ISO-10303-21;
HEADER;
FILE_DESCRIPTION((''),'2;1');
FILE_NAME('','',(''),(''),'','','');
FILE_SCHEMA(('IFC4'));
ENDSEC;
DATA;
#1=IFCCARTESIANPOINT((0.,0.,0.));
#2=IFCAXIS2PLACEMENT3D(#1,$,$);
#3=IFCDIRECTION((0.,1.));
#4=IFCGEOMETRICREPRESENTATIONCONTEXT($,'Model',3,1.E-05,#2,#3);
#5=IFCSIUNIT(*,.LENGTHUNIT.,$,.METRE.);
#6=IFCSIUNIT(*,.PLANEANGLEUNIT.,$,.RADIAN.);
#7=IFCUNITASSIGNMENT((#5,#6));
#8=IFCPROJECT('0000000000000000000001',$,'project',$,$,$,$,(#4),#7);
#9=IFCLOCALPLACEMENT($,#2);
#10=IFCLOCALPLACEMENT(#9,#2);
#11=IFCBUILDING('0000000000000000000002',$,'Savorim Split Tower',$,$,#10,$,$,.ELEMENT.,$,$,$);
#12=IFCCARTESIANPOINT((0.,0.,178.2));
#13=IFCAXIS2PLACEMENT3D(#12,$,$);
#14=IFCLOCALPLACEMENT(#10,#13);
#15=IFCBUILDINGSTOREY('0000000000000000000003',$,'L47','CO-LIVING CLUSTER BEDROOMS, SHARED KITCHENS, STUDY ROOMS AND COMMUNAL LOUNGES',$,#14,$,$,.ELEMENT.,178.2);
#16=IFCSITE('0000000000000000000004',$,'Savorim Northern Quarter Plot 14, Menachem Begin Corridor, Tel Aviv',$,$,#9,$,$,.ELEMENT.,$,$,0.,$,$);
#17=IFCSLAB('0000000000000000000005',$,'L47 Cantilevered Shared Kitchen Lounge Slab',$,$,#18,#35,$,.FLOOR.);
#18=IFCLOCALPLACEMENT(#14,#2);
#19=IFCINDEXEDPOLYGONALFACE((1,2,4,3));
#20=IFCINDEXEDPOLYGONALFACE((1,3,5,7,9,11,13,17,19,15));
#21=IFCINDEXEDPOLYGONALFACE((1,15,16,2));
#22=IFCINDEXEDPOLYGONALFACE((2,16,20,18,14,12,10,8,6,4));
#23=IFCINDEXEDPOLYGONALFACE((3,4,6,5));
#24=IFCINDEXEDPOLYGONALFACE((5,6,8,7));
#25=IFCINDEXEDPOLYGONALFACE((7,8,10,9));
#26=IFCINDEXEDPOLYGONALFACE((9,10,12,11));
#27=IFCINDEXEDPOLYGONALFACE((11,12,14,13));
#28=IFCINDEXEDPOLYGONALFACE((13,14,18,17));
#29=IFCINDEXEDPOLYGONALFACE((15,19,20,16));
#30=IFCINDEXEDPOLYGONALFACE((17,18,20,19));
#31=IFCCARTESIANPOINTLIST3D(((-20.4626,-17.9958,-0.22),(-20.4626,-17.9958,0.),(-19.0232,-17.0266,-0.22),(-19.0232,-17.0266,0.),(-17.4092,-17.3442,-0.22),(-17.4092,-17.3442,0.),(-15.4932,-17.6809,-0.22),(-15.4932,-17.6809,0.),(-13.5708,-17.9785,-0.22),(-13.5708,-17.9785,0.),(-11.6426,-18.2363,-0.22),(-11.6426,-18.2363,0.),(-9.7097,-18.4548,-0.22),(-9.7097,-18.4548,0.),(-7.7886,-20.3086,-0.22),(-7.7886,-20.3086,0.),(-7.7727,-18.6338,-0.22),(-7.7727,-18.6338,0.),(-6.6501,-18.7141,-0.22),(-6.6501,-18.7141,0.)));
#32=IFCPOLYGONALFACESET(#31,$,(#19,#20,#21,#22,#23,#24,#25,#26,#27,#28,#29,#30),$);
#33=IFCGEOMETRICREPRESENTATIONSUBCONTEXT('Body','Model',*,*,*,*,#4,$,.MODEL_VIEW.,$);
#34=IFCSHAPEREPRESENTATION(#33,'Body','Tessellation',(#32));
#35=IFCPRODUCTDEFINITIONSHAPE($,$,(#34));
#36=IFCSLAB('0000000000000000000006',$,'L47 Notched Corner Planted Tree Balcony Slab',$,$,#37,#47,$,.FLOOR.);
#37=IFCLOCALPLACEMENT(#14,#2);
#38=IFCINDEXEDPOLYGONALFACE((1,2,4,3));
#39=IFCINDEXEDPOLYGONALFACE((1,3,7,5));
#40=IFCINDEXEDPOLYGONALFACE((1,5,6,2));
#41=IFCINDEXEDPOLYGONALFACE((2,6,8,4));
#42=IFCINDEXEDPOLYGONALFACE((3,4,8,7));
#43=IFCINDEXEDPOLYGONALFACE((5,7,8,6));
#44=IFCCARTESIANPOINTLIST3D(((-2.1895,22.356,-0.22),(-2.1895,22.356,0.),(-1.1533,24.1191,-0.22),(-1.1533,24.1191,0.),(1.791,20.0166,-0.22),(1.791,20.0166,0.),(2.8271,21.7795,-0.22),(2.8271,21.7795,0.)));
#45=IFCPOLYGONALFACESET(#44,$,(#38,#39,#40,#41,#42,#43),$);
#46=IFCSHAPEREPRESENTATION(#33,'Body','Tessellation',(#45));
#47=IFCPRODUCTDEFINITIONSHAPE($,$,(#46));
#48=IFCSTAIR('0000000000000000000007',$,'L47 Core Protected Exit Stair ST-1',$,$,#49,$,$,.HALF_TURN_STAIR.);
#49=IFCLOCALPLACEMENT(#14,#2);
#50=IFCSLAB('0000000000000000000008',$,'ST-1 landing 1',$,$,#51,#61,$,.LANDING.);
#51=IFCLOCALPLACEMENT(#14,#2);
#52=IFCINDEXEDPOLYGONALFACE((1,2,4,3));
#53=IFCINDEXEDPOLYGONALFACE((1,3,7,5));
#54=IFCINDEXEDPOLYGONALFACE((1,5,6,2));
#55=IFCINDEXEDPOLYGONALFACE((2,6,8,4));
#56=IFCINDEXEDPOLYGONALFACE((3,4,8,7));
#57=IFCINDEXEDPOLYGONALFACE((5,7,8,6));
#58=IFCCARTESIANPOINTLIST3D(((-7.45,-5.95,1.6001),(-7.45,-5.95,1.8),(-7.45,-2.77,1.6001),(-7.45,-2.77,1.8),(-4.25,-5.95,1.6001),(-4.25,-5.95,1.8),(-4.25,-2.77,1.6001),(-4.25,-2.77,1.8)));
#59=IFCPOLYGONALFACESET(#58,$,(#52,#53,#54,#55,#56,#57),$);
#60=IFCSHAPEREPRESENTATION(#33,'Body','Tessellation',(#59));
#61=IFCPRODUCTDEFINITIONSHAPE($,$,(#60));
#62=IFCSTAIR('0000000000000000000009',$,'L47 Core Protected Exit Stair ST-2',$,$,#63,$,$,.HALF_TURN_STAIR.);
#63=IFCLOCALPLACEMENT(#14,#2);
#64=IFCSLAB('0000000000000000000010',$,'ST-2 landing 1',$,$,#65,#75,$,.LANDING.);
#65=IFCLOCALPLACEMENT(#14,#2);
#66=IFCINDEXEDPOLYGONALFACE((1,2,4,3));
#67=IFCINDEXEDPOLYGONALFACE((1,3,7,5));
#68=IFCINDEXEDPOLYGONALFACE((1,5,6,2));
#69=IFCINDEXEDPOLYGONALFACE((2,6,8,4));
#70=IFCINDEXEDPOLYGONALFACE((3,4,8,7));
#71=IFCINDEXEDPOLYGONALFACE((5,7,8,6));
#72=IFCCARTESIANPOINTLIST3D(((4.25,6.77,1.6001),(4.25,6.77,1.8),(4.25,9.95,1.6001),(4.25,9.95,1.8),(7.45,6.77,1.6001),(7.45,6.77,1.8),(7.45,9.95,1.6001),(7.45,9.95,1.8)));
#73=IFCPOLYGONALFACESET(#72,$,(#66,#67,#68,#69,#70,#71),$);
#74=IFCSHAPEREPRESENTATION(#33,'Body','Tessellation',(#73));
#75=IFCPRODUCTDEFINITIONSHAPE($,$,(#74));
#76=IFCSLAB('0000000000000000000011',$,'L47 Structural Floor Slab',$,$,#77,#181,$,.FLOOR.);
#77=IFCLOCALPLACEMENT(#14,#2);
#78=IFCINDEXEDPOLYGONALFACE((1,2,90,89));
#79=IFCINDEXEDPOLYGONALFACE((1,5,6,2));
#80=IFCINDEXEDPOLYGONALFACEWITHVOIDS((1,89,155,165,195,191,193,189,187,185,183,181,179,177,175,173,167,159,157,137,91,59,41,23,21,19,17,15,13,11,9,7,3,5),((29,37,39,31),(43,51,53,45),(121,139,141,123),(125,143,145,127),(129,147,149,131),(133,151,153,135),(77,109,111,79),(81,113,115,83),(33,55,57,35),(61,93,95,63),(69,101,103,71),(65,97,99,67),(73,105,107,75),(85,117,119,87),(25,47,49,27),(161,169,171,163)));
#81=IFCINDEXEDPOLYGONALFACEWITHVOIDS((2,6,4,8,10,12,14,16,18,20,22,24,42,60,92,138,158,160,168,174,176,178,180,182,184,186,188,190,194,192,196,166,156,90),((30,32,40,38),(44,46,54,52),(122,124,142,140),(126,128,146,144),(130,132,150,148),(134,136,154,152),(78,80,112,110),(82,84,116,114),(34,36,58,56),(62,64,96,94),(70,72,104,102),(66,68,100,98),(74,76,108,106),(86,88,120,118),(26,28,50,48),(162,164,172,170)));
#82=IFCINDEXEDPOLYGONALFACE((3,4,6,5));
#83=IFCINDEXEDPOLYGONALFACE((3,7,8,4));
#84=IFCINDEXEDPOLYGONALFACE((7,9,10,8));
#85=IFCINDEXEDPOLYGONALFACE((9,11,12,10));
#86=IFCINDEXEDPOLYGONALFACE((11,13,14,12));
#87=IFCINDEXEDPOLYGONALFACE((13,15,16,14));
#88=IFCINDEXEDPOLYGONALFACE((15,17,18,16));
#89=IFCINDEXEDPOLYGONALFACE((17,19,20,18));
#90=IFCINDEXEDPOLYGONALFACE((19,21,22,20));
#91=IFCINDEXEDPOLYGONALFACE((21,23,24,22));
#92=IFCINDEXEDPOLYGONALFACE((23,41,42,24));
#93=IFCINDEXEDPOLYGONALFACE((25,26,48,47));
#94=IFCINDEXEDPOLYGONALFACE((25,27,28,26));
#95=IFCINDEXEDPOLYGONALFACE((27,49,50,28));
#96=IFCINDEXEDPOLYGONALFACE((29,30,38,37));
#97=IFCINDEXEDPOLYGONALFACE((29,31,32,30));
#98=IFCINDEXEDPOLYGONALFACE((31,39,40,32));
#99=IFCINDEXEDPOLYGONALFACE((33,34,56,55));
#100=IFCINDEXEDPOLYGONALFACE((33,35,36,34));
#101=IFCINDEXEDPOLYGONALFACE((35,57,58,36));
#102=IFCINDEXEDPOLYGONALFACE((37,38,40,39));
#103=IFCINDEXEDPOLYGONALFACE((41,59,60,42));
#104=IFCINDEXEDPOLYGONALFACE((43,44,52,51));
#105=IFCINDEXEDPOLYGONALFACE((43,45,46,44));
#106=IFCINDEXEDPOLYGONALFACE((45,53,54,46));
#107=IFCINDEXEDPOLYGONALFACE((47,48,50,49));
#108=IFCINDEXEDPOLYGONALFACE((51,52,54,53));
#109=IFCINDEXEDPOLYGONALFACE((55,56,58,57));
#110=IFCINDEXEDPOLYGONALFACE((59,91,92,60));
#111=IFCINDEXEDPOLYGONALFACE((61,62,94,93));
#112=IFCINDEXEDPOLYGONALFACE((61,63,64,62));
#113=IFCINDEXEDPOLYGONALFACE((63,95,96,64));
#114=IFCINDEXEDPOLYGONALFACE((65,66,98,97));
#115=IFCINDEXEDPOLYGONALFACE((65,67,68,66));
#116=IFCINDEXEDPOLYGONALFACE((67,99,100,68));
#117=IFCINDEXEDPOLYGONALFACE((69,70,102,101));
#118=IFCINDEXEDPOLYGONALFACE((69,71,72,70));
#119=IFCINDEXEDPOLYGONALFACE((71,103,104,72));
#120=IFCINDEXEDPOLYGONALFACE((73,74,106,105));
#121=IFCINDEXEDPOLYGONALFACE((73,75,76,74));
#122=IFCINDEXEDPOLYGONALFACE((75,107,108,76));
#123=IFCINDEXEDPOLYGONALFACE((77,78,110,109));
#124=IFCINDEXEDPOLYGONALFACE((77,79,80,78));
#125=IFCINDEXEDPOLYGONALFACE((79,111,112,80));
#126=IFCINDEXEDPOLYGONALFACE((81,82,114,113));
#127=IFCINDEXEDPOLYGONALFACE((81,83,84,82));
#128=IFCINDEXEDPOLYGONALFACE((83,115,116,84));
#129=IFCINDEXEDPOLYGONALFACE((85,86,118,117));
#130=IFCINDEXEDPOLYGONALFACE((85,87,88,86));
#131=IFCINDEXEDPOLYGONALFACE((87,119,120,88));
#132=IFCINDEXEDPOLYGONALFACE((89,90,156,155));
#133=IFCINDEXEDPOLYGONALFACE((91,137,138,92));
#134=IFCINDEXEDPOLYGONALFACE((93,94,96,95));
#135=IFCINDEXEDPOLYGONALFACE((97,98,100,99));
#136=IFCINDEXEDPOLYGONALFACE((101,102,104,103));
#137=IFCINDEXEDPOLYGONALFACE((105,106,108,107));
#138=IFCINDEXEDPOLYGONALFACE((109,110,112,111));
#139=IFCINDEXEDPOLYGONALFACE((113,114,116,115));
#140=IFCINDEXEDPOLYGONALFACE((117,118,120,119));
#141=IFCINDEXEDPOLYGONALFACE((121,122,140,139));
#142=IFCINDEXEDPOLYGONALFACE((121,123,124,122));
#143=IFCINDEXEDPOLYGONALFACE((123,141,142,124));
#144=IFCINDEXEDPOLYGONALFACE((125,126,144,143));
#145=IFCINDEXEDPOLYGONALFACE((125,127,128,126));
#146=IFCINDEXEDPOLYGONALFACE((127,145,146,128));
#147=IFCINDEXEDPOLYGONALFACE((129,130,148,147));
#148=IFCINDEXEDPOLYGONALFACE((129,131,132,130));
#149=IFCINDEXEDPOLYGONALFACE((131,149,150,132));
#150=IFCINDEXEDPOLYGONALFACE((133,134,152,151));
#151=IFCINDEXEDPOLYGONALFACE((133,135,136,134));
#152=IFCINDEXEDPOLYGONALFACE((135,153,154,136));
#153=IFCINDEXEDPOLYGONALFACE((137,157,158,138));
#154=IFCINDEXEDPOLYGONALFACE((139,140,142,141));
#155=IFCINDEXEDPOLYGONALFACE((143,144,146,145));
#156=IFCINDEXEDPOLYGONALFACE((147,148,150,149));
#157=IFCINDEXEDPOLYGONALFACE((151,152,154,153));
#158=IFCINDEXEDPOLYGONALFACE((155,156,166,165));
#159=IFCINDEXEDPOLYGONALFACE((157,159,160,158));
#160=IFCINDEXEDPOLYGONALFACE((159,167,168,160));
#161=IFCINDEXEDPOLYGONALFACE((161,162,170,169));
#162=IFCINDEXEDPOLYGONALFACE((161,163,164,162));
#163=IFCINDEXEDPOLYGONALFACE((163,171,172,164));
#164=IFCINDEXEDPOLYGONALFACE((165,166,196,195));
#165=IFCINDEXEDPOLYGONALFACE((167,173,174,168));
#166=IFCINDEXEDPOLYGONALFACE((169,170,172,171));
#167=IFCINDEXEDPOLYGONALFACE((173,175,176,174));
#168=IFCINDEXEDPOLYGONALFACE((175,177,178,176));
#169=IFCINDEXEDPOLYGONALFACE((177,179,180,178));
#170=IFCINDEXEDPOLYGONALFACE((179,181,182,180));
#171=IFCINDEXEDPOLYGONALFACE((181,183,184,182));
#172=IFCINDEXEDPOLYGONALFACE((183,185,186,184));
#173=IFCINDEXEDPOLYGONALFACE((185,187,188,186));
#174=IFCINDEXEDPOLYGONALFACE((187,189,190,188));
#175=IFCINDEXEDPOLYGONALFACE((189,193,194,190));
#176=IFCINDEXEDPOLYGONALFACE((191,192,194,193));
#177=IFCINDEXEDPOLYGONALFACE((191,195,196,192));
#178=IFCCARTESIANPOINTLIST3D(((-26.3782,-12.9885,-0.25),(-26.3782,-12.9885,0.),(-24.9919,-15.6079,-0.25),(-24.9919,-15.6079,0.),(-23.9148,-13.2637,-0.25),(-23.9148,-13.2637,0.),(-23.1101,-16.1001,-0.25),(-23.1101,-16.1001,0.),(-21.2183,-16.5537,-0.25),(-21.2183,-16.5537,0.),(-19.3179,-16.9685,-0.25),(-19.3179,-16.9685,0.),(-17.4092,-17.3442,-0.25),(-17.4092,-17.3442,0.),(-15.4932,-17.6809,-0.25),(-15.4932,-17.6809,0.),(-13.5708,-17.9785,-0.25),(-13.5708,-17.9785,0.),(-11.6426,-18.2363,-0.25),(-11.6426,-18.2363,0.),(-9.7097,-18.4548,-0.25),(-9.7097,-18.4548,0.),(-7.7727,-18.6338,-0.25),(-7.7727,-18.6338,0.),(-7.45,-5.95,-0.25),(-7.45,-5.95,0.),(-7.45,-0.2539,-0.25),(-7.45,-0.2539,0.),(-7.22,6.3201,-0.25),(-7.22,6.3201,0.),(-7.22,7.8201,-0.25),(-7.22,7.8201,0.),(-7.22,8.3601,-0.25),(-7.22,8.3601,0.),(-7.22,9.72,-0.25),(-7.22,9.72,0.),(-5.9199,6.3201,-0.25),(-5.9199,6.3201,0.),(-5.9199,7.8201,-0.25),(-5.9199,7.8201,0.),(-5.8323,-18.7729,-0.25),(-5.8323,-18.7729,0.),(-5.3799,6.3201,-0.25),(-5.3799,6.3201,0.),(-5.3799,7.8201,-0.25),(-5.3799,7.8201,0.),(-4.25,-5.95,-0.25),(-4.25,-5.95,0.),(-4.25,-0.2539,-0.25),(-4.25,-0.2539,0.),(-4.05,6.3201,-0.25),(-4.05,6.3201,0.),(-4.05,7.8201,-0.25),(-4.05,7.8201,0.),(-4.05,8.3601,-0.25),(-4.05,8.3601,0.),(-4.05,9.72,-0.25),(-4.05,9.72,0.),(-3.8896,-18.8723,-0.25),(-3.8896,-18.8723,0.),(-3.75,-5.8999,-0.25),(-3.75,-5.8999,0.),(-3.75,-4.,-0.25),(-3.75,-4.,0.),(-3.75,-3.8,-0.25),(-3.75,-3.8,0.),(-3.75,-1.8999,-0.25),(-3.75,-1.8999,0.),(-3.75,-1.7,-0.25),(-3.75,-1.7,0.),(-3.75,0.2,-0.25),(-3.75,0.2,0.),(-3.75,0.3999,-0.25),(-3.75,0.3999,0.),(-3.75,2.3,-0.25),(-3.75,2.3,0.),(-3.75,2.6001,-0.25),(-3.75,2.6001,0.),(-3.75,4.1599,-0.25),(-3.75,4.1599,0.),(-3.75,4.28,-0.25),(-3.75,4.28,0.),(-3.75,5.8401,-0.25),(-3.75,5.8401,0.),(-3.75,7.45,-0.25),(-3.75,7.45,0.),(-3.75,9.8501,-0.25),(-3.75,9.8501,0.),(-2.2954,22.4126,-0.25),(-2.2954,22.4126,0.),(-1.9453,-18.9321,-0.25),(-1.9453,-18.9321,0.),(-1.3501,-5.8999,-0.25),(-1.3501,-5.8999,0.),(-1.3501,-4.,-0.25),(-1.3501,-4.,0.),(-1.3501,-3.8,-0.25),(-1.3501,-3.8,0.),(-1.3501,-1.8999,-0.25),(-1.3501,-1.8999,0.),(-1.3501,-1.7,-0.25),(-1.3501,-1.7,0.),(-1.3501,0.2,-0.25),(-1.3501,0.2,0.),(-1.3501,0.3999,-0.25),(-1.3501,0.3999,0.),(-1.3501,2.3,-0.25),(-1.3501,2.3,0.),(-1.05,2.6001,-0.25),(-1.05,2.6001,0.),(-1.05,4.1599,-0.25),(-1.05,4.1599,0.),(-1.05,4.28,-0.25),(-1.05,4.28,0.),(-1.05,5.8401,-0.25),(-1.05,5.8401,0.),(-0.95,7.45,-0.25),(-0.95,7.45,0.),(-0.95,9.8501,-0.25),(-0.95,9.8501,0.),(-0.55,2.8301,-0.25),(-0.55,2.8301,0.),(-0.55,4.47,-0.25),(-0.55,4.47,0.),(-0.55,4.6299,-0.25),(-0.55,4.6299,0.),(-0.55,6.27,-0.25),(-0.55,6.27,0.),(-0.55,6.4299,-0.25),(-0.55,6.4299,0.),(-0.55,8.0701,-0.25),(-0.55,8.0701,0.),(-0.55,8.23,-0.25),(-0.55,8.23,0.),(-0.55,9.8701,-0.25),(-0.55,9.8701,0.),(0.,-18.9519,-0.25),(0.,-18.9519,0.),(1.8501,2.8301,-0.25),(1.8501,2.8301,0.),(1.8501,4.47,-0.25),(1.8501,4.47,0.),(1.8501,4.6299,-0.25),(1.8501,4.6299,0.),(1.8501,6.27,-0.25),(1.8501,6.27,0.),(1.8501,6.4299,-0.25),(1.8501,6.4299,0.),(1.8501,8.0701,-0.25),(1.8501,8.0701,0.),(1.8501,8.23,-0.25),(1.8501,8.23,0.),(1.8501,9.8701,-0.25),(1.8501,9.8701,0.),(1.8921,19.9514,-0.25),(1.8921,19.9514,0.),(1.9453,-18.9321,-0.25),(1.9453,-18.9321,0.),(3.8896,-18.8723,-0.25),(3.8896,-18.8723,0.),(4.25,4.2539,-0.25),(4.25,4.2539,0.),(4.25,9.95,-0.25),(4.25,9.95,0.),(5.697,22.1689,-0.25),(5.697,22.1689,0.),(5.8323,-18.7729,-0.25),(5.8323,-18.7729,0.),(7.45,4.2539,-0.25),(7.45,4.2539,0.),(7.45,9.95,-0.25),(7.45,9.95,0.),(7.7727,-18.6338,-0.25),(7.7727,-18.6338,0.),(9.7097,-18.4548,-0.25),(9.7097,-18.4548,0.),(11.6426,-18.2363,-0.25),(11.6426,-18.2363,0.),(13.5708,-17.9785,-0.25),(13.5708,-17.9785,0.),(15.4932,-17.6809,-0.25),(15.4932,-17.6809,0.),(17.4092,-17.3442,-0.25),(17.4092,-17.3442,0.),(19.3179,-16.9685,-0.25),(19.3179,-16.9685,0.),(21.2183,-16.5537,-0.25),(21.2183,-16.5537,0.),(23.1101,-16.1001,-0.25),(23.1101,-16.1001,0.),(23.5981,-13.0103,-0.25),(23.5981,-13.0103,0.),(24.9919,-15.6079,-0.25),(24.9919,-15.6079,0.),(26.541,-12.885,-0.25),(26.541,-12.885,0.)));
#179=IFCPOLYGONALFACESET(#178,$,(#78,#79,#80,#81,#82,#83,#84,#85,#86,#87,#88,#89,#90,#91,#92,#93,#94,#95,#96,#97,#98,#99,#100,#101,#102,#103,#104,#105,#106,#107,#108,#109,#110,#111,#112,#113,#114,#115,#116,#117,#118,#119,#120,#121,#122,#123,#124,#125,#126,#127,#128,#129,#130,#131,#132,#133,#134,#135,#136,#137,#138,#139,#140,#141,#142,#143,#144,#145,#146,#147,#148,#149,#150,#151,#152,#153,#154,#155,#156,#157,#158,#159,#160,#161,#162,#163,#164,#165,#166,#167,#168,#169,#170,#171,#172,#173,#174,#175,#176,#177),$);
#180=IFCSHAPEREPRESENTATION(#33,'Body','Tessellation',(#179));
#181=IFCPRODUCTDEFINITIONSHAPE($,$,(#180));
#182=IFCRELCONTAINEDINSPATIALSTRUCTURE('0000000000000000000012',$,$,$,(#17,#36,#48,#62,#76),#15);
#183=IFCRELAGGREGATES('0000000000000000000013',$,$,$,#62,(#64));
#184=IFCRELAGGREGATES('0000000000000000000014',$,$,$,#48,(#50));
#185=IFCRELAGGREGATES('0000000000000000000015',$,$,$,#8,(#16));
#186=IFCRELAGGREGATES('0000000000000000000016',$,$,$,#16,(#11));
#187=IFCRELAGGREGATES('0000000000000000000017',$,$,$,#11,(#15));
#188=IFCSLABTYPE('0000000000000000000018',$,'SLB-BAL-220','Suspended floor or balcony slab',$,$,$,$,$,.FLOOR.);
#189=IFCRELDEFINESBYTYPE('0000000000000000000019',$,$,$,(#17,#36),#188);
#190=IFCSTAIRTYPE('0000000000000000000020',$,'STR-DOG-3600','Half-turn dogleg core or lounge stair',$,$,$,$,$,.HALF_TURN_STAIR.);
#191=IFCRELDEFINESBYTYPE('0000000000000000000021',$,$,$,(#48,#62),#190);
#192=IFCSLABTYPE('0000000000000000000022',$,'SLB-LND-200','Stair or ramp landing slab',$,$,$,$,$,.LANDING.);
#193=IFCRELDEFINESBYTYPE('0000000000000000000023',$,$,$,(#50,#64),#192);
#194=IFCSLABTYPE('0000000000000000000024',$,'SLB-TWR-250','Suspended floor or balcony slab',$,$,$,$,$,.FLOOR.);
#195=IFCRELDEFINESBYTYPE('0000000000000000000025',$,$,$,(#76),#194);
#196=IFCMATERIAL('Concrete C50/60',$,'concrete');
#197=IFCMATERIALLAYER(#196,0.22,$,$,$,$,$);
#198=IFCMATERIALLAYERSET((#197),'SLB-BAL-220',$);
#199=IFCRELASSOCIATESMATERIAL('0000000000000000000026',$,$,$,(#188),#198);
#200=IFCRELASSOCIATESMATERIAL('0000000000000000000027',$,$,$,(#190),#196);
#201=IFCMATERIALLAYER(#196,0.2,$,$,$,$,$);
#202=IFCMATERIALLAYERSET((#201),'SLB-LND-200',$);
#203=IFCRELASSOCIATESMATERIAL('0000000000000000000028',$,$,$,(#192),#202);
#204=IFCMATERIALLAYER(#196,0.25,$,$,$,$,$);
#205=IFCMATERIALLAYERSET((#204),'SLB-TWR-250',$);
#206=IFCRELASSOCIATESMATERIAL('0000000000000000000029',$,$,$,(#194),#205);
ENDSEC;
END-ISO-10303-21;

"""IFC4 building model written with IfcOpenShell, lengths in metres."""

from ifc_helpers import new_model, si_unit, direction, frame, origin, place, context, subcontext, project, spatial, polyline, outline, extrude, material, layer, layer_set, type_object, element, aggregate, save


model = new_model("IFC4")

# Units and contexts
model_context = context("Model", 3, precision=1e-05, world=origin(), true_north=direction((0.0, 1.0)))
body_context = subcontext(model_context, "Body", "Model", "MODEL_VIEW")
ifc_project = project(units=[si_unit("LENGTHUNIT", "METRE"), si_unit("PLANEANGLEUNIT", "RADIAN")], contexts=[model_context])

# Site, building, storey
site_placement = place(None, origin())
site = spatial("IfcSite", under=ifc_project, at=site_placement, Name="Savorim Northern Quarter Plot 14, Menachem Begin Corridor, Tel Aviv", CompositionType="ELEMENT", RefElevation=0.0)
building_placement = place(site_placement, origin())
building = spatial("IfcBuilding", under=site, at=building_placement, Name="Savorim Split Tower", CompositionType="ELEMENT")
storey_placement = place(building_placement, frame((0.0, 0.0, 178.2)))
storey = spatial("IfcBuildingStorey", under=building, at=storey_placement, Name="L47", Description="CO-LIVING CLUSTER BEDROOMS, SHARED KITCHENS, STUDY ROOMS AND COMMUNAL LOUNGES", CompositionType="ELEMENT", Elevation=178.2)

# Slabs
ifc_material_1 = material(Name="Concrete C50/60", Category="concrete")
ifc_layer_1 = layer(ifc_material_1, 0.22)
ifc_layer_set_1 = layer_set([ifc_layer_1], Name="SLB-BAL-220")
slab_type_1 = type_object("IfcSlabType", Name="SLB-BAL-220", Description="Suspended floor or balcony slab", PredefinedType="FLOOR", material=ifc_layer_set_1)
slab_1_placement = place(storey_placement, frame((0.0, 0.0, -0.22)))
element("IfcSlab", 1, at=slab_1_placement, inside=storey, type_object=slab_type_1, Name="L47 Cantilevered Shared Kitchen Lounge Slab", PredefinedType="FLOOR", context=body_context, shape_type="SweptSolid", body=[
    extrude(outline(polyline([(-6.6501, -18.7141), (-7.7727, -18.6338), (-9.7097, -18.4548), (-11.6426, -18.2363), (-13.5708, -17.9785), (-15.4932, -17.6809), (-17.4092, -17.3442), (-19.0232, -17.0266), (-20.4626, -17.9958), (-7.7886, -20.3086), (-6.6501, -18.7141)])), origin(), (0.0, 0.0, 1.0), 0.22),
])
slab_2_placement = place(storey_placement, frame((0.0, 0.0, -0.22)))
element("IfcSlab", 2, at=slab_2_placement, inside=storey, type_object=slab_type_1, Name="L47 Notched Corner Planted Tree Balcony Slab", PredefinedType="FLOOR", context=body_context, shape_type="SweptSolid", body=[
    extrude(outline(polyline([(-2.1895, 22.356), (1.791, 20.0166), (2.8271, 21.7795), (-1.1533, 24.1191), (-2.1895, 22.356)])), origin(), (0.0, 0.0, 1.0), 0.22),
])

# Stairs, slabs
stair_type = type_object("IfcStairType", Name="STR-DOG-3600", Description="Half-turn dogleg core or lounge stair", PredefinedType="HALF_TURN_STAIR", material=ifc_material_1)
stair_1_placement = place(storey_placement, origin())
stair_1 = element("IfcStair", 3, at=stair_1_placement, inside=storey, type_object=stair_type, Name="L47 Core Protected Exit Stair ST-1", PredefinedType="HALF_TURN_STAIR")
ifc_layer_2 = layer(ifc_material_1, 0.2)
ifc_layer_set_2 = layer_set([ifc_layer_2], Name="SLB-LND-200")
slab_type_2 = type_object("IfcSlabType", Name="SLB-LND-200", Description="Stair or ramp landing slab", PredefinedType="LANDING", material=ifc_layer_set_2)
slab_3_placement = place(storey_placement, frame((0.0, 0.0, 1.6001)))
slab_3 = element("IfcSlab", 4, at=slab_3_placement, type_object=slab_type_2, Name="ST-1 landing 1", PredefinedType="LANDING", context=body_context, shape_type="SweptSolid", body=[
    extrude(outline(polyline([(-7.45, -2.77), (-7.45, -5.95), (-4.25, -5.95), (-4.25, -2.77), (-7.45, -2.77)])), origin(), (0.0, 0.0, 1.0), 0.2),
])
stair_2_placement = place(storey_placement, origin())
stair_2 = element("IfcStair", 5, at=stair_2_placement, inside=storey, type_object=stair_type, Name="L47 Core Protected Exit Stair ST-2", PredefinedType="HALF_TURN_STAIR")
slab_4_placement = place(storey_placement, frame((0.0, 0.0, 1.6001)))
slab_4 = element("IfcSlab", 6, at=slab_4_placement, type_object=slab_type_2, Name="ST-2 landing 1", PredefinedType="LANDING", context=body_context, shape_type="SweptSolid", body=[
    extrude(outline(polyline([(7.45, 6.77), (7.45, 9.95), (4.25, 9.95), (4.25, 6.77), (7.45, 6.77)])), origin(), (0.0, 0.0, 1.0), 0.2),
])
aggregate(stair_2, [slab_4])

# Slab
ifc_layer_3 = layer(ifc_material_1, 0.25)
ifc_layer_set_3 = layer_set([ifc_layer_3], Name="SLB-TWR-250")
slab_type_3 = type_object("IfcSlabType", Name="SLB-TWR-250", Description="Suspended floor or balcony slab", PredefinedType="FLOOR", material=ifc_layer_set_3)
slab_5_placement = place(storey_placement, frame((0.0, 0.0, -0.25)))
element("IfcSlab", 7, at=slab_5_placement, inside=storey, type_object=slab_type_3, Name="L47 Structural Floor Slab", PredefinedType="FLOOR", context=body_context, shape_type="SweptSolid", body=[
    extrude(outline(polyline([(-24.9919, -15.6079), (-23.1101, -16.1001), (-21.2183, -16.5537), (-19.3179, -16.9685), (-17.4092, -17.3442), (-15.4932, -17.6809), (-13.5708, -17.9785), (-11.6426, -18.2363), (-9.7097, -18.4548), (-7.7727, -18.6338), (-5.8323, -18.7729), (-3.8896, -18.8723), (-1.9453, -18.9321), (0.0, -18.9519), (1.9453, -18.9321), (3.8896, -18.8723), (5.8323, -18.7729), (7.7727, -18.6338), (9.7097, -18.4548), (11.6426, -18.2363), (13.5708, -17.9785), (15.4932, -17.6809), (17.4092, -17.3442), (19.3179, -16.9685), (21.2183, -16.5537), (23.1101, -16.1001), (24.9919, -15.6079), (23.5981, -13.0103), (26.541, -12.885), (5.697, 22.1689), (1.8921, 19.9514), (-2.2954, 22.4126), (-26.3782, -12.9885), (-23.9148, -13.2637), (-24.9919, -15.6079)]), holes=[polyline([(-7.45, -0.2539), (-7.45, -5.95), (-4.25, -5.95), (-4.25, -0.2539), (-7.45, -0.2539)]), polyline([(7.45, 4.2539), (7.45, 9.95), (4.25, 9.95), (4.25, 4.2539), (7.45, 4.2539)]), polyline([(-3.75, -5.8999), (-1.3501, -5.8999), (-1.3501, -4.0), (-3.75, -4.0), (-3.75, -5.8999)]), polyline([(-3.75, -3.8), (-1.3501, -3.8), (-1.3501, -1.8999), (-3.75, -1.8999), (-3.75, -3.8)]), polyline([(-3.75, -1.7), (-1.3501, -1.7), (-1.3501, 0.2), (-3.75, 0.2), (-3.75, -1.7)]), polyline([(-3.75, 0.3999), (-1.3501, 0.3999), (-1.3501, 2.3), (-3.75, 2.3), (-3.75, 0.3999)]), polyline([(-0.55, 2.8301), (1.8501, 2.8301), (1.8501, 4.47), (-0.55, 4.47), (-0.55, 2.8301)]), polyline([(-0.55, 4.6299), (1.8501, 4.6299), (1.8501, 6.27), (-0.55, 6.27), (-0.55, 4.6299)]), polyline([(-0.55, 6.4299), (1.8501, 6.4299), (1.8501, 8.0701), (-0.55, 8.0701), (-0.55, 6.4299)]), polyline([(-0.55, 8.23), (1.8501, 8.23), (1.8501, 9.8701), (-0.55, 9.8701), (-0.55, 8.23)]), polyline([(-3.75, 2.6001), (-1.05, 2.6001), (-1.05, 4.1599), (-3.75, 4.1599), (-3.75, 2.6001)]), polyline([(-3.75, 4.28), (-1.05, 4.28), (-1.05, 5.8401), (-3.75, 5.8401), (-3.75, 4.28)]), polyline([(-3.75, 7.45), (-0.95, 7.45), (-0.95, 9.8501), (-3.75, 9.8501), (-3.75, 7.45)]), polyline([(-7.22, 6.3201), (-5.9199, 6.3201), (-5.9199, 7.8201), (-7.22, 7.8201), (-7.22, 6.3201)]), polyline([(-5.3799, 6.3201), (-4.05, 6.3201), (-4.05, 7.8201), (-5.3799, 7.8201), (-5.3799, 6.3201)]), polyline([(-7.22, 8.3601), (-4.05, 8.3601), (-4.05, 9.72), (-7.22, 9.72), (-7.22, 8.3601)])]), origin(), (0.0, 0.0, 1.0), 0.25),
])

aggregate(stair_1, [slab_3])

save(model, "model.ifc")
